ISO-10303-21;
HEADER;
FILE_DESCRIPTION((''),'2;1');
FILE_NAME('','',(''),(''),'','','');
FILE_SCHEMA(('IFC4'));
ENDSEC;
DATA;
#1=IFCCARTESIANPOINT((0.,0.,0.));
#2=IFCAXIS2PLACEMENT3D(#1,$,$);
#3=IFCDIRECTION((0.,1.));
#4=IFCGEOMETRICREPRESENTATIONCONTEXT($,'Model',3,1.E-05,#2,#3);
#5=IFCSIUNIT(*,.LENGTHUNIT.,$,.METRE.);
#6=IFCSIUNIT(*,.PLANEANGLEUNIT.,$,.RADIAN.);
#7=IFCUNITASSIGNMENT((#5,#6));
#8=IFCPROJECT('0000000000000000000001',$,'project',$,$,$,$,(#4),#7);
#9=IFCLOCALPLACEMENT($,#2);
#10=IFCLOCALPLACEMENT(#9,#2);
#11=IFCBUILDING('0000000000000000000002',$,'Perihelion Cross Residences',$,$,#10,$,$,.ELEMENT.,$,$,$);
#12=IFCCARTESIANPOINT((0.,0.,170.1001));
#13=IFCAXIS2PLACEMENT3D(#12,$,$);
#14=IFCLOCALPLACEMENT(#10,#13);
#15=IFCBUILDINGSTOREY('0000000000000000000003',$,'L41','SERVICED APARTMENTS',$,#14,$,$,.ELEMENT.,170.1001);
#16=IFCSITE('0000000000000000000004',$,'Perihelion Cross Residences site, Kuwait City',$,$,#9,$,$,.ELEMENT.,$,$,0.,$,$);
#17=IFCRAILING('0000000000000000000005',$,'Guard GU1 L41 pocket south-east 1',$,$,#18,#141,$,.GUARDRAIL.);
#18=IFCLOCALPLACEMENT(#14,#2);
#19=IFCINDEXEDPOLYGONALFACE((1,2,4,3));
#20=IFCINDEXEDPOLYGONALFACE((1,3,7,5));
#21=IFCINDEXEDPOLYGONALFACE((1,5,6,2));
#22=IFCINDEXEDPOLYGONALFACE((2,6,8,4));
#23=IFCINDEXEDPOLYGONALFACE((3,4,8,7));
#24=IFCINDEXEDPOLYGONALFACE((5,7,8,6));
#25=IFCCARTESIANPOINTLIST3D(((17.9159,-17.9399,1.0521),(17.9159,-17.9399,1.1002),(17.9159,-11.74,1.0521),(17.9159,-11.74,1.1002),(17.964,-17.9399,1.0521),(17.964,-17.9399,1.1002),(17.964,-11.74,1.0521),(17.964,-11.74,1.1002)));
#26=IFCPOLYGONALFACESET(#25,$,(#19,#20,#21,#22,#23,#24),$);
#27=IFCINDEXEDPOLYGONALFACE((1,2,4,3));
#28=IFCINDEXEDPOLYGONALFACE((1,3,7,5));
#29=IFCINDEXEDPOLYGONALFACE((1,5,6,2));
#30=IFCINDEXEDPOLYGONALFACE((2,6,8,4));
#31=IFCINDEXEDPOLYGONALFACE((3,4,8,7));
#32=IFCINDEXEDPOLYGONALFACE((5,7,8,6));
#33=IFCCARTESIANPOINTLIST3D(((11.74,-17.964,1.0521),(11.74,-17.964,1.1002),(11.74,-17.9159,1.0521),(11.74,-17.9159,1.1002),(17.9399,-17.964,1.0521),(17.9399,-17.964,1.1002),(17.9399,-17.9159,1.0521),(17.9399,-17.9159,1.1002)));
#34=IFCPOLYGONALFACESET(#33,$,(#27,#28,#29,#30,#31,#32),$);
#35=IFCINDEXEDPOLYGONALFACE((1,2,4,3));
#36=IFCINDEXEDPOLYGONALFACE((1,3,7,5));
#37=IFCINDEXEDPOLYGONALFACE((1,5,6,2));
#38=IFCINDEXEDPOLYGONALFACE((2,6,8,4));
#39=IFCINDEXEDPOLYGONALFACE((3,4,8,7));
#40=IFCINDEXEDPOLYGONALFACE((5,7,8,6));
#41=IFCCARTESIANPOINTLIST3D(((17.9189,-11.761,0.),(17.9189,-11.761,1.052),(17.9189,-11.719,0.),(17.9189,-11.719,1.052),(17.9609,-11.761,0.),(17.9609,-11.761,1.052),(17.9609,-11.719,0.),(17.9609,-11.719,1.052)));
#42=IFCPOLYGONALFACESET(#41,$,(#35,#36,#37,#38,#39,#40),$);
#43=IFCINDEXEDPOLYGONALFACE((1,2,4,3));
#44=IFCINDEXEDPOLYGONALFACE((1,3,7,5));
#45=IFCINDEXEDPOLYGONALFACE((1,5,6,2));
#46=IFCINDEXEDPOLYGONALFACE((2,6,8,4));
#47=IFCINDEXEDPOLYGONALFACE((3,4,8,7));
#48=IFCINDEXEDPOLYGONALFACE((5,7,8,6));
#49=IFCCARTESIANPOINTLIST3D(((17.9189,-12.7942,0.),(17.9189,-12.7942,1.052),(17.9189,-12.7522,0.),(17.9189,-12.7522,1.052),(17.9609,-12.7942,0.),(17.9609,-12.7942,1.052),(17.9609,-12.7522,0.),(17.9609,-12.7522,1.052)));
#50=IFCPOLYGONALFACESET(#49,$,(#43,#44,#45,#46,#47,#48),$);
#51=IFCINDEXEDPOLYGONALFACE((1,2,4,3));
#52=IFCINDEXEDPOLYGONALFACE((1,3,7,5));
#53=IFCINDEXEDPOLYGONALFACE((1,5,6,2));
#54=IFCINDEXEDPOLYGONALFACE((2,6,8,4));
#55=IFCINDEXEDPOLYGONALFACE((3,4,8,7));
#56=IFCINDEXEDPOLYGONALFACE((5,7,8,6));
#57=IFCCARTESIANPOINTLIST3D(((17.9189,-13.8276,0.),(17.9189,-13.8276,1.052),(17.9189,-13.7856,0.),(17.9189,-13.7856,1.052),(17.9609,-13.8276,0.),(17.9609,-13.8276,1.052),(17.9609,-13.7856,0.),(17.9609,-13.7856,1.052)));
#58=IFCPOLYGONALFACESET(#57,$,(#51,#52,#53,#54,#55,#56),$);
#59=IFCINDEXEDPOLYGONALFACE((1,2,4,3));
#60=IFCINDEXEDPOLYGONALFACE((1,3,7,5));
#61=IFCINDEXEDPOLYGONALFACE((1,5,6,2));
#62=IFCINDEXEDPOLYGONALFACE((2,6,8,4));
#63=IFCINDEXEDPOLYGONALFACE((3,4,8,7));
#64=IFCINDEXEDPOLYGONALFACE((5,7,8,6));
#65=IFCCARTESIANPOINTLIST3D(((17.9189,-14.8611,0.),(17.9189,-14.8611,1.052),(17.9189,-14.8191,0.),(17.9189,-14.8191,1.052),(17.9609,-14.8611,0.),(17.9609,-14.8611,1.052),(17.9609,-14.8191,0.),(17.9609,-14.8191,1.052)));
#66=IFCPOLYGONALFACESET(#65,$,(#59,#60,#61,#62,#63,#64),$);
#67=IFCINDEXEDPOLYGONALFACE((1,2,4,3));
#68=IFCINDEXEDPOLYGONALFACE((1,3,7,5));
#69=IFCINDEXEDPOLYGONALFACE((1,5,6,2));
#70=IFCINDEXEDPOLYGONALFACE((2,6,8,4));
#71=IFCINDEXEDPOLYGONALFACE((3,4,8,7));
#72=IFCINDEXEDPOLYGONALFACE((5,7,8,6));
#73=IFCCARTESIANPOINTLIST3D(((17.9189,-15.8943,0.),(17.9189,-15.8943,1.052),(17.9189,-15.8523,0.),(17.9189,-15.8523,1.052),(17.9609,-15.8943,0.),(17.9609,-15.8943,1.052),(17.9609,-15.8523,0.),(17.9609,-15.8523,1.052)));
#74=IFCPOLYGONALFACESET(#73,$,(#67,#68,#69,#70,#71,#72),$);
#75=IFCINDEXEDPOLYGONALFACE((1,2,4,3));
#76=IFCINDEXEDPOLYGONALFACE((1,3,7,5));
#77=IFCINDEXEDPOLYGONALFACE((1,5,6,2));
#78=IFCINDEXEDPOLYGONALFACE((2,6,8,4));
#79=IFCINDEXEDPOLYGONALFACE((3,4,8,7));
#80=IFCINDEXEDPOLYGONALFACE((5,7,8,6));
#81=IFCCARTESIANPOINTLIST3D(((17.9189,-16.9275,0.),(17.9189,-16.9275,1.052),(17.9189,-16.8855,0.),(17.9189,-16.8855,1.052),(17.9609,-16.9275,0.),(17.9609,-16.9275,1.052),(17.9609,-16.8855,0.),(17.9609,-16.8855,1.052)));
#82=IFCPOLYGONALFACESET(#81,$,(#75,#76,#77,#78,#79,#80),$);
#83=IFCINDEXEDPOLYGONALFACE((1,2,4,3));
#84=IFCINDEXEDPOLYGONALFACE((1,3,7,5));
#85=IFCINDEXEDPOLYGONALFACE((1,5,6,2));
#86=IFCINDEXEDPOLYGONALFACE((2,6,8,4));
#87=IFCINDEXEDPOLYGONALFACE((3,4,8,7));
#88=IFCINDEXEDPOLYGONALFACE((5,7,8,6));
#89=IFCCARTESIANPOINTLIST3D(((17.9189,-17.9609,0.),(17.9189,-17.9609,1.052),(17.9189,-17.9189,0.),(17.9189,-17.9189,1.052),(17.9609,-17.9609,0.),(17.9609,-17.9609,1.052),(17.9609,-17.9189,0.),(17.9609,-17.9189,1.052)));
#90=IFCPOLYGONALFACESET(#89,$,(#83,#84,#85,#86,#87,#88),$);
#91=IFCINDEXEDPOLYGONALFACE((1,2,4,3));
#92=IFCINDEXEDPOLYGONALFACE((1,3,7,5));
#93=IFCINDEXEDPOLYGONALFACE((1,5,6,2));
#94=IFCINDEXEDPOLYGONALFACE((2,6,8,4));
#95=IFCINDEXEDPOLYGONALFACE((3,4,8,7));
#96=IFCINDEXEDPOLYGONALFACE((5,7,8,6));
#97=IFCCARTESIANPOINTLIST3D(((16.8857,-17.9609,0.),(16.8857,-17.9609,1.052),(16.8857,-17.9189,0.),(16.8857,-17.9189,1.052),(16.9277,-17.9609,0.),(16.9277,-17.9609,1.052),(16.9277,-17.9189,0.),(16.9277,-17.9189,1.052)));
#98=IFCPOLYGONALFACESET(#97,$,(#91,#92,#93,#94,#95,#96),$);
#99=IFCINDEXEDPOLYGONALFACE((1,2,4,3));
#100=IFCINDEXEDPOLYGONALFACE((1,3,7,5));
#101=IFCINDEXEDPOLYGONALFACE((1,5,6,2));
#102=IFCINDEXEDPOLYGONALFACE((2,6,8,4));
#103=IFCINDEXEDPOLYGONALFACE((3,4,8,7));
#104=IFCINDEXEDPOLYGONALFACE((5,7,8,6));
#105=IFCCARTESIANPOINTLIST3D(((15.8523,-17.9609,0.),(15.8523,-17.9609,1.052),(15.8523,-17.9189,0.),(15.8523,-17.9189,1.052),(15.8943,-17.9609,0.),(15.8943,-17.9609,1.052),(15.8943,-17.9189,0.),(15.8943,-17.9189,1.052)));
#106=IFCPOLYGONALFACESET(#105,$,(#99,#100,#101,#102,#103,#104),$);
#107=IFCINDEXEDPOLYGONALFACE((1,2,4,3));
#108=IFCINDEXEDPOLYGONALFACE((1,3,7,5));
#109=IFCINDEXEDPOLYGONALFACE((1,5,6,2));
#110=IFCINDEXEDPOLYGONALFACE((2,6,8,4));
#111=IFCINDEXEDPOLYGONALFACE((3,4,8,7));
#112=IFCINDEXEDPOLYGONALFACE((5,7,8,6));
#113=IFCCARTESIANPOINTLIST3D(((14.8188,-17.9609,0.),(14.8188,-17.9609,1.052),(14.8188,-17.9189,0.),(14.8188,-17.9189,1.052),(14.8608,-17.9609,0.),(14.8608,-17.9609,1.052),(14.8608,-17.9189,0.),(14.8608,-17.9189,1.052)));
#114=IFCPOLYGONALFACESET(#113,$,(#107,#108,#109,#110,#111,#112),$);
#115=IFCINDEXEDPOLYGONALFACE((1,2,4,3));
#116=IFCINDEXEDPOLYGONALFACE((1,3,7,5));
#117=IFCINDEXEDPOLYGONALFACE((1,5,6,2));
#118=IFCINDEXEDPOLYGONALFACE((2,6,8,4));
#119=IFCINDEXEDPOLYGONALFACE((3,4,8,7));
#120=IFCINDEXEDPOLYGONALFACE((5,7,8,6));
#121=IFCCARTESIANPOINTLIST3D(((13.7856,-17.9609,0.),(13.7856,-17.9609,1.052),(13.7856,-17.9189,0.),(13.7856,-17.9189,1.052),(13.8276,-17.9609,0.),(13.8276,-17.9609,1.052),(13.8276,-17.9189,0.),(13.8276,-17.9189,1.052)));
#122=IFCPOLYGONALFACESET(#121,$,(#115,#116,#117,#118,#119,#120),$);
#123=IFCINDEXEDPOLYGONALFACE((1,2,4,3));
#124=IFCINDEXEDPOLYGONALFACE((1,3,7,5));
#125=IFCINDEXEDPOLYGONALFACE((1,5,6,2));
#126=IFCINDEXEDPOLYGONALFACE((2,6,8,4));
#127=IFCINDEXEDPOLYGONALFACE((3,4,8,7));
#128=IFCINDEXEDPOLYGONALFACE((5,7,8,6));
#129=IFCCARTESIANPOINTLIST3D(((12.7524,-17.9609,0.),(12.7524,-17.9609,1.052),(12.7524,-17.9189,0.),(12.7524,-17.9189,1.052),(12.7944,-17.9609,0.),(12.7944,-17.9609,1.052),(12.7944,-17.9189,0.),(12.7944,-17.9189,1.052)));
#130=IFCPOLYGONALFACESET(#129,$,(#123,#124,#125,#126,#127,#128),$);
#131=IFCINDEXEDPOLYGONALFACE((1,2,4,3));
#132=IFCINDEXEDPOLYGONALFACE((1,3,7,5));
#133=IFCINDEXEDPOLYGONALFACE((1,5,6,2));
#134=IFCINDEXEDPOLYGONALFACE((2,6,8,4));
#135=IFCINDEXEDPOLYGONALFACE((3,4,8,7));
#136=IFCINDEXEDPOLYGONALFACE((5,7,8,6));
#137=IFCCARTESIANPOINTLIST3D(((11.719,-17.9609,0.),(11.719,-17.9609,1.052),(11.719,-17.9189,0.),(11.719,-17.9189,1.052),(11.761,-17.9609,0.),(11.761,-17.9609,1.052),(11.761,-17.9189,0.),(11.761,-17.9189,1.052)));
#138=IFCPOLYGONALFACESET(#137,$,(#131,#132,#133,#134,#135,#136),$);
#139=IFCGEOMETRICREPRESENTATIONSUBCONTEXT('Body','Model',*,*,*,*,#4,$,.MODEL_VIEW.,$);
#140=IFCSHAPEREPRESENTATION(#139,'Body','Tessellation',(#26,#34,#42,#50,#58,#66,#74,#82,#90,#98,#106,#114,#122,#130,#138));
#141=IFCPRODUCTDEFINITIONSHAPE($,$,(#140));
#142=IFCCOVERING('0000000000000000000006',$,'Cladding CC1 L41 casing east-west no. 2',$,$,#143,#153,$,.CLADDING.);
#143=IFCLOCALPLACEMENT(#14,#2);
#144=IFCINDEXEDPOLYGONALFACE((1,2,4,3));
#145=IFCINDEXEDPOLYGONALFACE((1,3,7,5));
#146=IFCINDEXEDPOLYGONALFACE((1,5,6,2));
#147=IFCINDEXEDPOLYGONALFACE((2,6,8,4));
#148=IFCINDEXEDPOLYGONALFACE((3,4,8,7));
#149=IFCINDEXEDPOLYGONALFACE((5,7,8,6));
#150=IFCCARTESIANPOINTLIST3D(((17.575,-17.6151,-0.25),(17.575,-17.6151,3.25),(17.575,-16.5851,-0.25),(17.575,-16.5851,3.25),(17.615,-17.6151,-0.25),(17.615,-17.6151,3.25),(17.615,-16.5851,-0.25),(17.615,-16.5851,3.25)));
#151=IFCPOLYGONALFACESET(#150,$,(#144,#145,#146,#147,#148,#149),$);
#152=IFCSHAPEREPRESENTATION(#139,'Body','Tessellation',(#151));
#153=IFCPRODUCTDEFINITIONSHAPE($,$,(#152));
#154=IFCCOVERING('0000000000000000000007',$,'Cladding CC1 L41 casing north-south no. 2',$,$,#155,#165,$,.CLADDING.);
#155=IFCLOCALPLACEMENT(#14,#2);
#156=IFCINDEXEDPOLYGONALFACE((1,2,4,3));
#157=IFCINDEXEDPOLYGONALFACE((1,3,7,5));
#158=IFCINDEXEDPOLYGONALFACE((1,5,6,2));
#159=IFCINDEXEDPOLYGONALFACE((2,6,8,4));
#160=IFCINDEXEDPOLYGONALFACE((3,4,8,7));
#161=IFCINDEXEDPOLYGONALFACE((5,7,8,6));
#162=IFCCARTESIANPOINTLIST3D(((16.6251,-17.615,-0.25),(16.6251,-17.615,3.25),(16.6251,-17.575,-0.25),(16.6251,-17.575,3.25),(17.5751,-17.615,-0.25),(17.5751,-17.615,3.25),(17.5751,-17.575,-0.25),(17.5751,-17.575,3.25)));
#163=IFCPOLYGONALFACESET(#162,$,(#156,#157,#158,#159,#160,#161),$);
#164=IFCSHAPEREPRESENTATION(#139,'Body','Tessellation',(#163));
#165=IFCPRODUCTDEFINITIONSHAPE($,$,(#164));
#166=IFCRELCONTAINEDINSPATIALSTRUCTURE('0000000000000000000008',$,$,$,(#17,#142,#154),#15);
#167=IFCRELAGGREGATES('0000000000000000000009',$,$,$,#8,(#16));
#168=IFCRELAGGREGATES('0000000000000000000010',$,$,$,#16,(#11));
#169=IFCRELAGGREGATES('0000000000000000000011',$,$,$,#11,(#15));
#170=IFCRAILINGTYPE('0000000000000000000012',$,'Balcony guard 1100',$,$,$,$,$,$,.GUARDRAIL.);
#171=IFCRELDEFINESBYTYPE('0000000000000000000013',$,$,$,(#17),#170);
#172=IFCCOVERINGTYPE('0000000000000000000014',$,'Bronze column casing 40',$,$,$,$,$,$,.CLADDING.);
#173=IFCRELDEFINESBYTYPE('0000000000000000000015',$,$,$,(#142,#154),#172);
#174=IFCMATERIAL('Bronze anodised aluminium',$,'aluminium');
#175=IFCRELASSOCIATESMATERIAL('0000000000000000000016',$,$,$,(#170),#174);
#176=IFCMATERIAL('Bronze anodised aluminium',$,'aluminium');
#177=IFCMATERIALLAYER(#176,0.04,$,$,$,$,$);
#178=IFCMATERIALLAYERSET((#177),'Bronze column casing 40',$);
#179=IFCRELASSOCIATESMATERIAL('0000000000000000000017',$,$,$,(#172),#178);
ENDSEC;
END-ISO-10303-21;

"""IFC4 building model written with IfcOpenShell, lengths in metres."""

from ifc_helpers import new_model, si_unit, direction, frame, origin, origin_2d, place, context, subcontext, project, spatial, rectangle, extrude, material, layer, layer_set, type_object, element, save


model = new_model("IFC4")

# Units and contexts
model_context = context("Model", 3, precision=1e-05, world=origin(), true_north=direction((0.0, 1.0)))
body_context = subcontext(model_context, "Body", "Model", "MODEL_VIEW")
ifc_project = project(units=[si_unit("LENGTHUNIT", "METRE"), si_unit("PLANEANGLEUNIT", "RADIAN")], contexts=[model_context])

# Site, building, storey
site_placement = place(None, origin())
site = spatial("IfcSite", under=ifc_project, at=site_placement, Name="Perihelion Cross Residences site, Kuwait City", CompositionType="ELEMENT", RefElevation=0.0)
building_placement = place(site_placement, origin())
building = spatial("IfcBuilding", under=site, at=building_placement, Name="Perihelion Cross Residences", CompositionType="ELEMENT")
storey_placement = place(building_placement, frame((0.0, 0.0, 170.1001)))
storey = spatial("IfcBuildingStorey", under=building, at=storey_placement, Name="L41", Description="SERVICED APARTMENTS", CompositionType="ELEMENT", Elevation=170.1001)

# Railing
ifc_material_1 = material(Name="Bronze anodised aluminium", Category="aluminium")
railing_type = type_object("IfcRailingType", Name="Balcony guard 1100", PredefinedType="GUARDRAIL", material=ifc_material_1)
railing_placement = place(storey_placement, frame((17.9399, -11.74, 0.0)))
element("IfcRailing", 1, at=railing_placement, inside=storey, type_object=railing_type, Name="Guard GU1 L41 pocket south-east 1", PredefinedType="GUARDRAIL", context=body_context, shape_type="SweptSolid", body=[
    extrude(rectangle(XDim=0.0481, YDim=0.0481, at=origin_2d()), frame((0.0, 0.0, 1.0762), z_axis=(0.0, -1.0, 0.0), x_axis=(1.0, 0.0, 0.0)), (0.0, 0.0, 1.0), 6.2),
    extrude(rectangle(XDim=0.0481, YDim=0.0481, at=origin_2d()), frame((0.0, -6.2, 1.0762), z_axis=(-1.0, 0.0, 0.0), x_axis=(0.0, -1.0, 0.0)), (0.0, 0.0, 1.0), 6.2),
    extrude(rectangle(XDim=0.042, YDim=0.042, at=origin_2d()), origin(), (0.0, 0.0, 1.0), 1.052),
    extrude(rectangle(XDim=0.042, YDim=0.042, at=origin_2d()), frame((0.0, -1.0332, 0.0)), (0.0, 0.0, 1.0), 1.052),
    extrude(rectangle(XDim=0.042, YDim=0.042, at=origin_2d()), frame((0.0, -2.0667, 0.0)), (0.0, 0.0, 1.0), 1.052),
    extrude(rectangle(XDim=0.042, YDim=0.042, at=origin_2d()), frame((0.0, -3.1001, 0.0)), (0.0, 0.0, 1.0), 1.052),
    extrude(rectangle(XDim=0.042, YDim=0.042, at=origin_2d()), frame((0.0, -4.1333, 0.0)), (0.0, 0.0, 1.0), 1.052),
    extrude(rectangle(XDim=0.042, YDim=0.042, at=origin_2d()), frame((0.0, -5.1665, 0.0)), (0.0, 0.0, 1.0), 1.052),
    extrude(rectangle(XDim=0.042, YDim=0.042, at=origin_2d()), frame((0.0, -6.2, 0.0)), (0.0, 0.0, 1.0), 1.052),
    extrude(rectangle(XDim=0.042, YDim=0.042, at=origin_2d()), frame((-1.0332, -6.2, 0.0)), (0.0, 0.0, 1.0), 1.052),
    extrude(rectangle(XDim=0.042, YDim=0.042, at=origin_2d()), frame((-2.0667, -6.2, 0.0)), (0.0, 0.0, 1.0), 1.052),
    extrude(rectangle(XDim=0.042, YDim=0.042, at=origin_2d()), frame((-3.1001, -6.2, 0.0)), (0.0, 0.0, 1.0), 1.052),
    extrude(rectangle(XDim=0.042, YDim=0.042, at=origin_2d()), frame((-4.1333, -6.2, 0.0)), (0.0, 0.0, 1.0), 1.052),
    extrude(rectangle(XDim=0.042, YDim=0.042, at=origin_2d()), frame((-5.1665, -6.2, 0.0)), (0.0, 0.0, 1.0), 1.052),
    extrude(rectangle(XDim=0.042, YDim=0.042, at=origin_2d()), frame((-6.2, -6.2, 0.0)), (0.0, 0.0, 1.0), 1.052),
])

# Coverings
ifc_material_2 = material(Name="Bronze anodised aluminium", Category="aluminium")
ifc_layer_1 = layer(ifc_material_2, 0.04)
ifc_layer_set_1 = layer_set([ifc_layer_1], Name="Bronze column casing 40")
covering_type = type_object("IfcCoveringType", Name="Bronze column casing 40", PredefinedType="CLADDING", material=ifc_layer_set_1)
covering_1_placement = place(storey_placement, frame((17.595, -17.1001, -0.25), z_axis=(0.0, 0.0, 1.0), x_axis=(1.0, 0.0, 0.0)))
element("IfcCovering", 2, at=covering_1_placement, inside=storey, type_object=covering_type, Name="Cladding CC1 L41 casing east-west no. 2", PredefinedType="CLADDING", context=body_context, shape_type="SweptSolid", body=[
    extrude(rectangle(XDim=0.04, YDim=1.03, at=origin_2d()), origin(), (0.0, 0.0, 1.0), 3.5),
])
covering_2_placement = place(storey_placement, frame((17.1001, -17.595, -0.25), z_axis=(0.0, 0.0, 1.0), x_axis=(1.0, 0.0, 0.0)))
element("IfcCovering", 3, at=covering_2_placement, inside=storey, type_object=covering_type, Name="Cladding CC1 L41 casing north-south no. 2", PredefinedType="CLADDING", context=body_context, shape_type="SweptSolid", body=[
    extrude(rectangle(XDim=0.95, YDim=0.04, at=origin_2d()), origin(), (0.0, 0.0, 1.0), 3.5),
])

save(model, "model.ifc")
